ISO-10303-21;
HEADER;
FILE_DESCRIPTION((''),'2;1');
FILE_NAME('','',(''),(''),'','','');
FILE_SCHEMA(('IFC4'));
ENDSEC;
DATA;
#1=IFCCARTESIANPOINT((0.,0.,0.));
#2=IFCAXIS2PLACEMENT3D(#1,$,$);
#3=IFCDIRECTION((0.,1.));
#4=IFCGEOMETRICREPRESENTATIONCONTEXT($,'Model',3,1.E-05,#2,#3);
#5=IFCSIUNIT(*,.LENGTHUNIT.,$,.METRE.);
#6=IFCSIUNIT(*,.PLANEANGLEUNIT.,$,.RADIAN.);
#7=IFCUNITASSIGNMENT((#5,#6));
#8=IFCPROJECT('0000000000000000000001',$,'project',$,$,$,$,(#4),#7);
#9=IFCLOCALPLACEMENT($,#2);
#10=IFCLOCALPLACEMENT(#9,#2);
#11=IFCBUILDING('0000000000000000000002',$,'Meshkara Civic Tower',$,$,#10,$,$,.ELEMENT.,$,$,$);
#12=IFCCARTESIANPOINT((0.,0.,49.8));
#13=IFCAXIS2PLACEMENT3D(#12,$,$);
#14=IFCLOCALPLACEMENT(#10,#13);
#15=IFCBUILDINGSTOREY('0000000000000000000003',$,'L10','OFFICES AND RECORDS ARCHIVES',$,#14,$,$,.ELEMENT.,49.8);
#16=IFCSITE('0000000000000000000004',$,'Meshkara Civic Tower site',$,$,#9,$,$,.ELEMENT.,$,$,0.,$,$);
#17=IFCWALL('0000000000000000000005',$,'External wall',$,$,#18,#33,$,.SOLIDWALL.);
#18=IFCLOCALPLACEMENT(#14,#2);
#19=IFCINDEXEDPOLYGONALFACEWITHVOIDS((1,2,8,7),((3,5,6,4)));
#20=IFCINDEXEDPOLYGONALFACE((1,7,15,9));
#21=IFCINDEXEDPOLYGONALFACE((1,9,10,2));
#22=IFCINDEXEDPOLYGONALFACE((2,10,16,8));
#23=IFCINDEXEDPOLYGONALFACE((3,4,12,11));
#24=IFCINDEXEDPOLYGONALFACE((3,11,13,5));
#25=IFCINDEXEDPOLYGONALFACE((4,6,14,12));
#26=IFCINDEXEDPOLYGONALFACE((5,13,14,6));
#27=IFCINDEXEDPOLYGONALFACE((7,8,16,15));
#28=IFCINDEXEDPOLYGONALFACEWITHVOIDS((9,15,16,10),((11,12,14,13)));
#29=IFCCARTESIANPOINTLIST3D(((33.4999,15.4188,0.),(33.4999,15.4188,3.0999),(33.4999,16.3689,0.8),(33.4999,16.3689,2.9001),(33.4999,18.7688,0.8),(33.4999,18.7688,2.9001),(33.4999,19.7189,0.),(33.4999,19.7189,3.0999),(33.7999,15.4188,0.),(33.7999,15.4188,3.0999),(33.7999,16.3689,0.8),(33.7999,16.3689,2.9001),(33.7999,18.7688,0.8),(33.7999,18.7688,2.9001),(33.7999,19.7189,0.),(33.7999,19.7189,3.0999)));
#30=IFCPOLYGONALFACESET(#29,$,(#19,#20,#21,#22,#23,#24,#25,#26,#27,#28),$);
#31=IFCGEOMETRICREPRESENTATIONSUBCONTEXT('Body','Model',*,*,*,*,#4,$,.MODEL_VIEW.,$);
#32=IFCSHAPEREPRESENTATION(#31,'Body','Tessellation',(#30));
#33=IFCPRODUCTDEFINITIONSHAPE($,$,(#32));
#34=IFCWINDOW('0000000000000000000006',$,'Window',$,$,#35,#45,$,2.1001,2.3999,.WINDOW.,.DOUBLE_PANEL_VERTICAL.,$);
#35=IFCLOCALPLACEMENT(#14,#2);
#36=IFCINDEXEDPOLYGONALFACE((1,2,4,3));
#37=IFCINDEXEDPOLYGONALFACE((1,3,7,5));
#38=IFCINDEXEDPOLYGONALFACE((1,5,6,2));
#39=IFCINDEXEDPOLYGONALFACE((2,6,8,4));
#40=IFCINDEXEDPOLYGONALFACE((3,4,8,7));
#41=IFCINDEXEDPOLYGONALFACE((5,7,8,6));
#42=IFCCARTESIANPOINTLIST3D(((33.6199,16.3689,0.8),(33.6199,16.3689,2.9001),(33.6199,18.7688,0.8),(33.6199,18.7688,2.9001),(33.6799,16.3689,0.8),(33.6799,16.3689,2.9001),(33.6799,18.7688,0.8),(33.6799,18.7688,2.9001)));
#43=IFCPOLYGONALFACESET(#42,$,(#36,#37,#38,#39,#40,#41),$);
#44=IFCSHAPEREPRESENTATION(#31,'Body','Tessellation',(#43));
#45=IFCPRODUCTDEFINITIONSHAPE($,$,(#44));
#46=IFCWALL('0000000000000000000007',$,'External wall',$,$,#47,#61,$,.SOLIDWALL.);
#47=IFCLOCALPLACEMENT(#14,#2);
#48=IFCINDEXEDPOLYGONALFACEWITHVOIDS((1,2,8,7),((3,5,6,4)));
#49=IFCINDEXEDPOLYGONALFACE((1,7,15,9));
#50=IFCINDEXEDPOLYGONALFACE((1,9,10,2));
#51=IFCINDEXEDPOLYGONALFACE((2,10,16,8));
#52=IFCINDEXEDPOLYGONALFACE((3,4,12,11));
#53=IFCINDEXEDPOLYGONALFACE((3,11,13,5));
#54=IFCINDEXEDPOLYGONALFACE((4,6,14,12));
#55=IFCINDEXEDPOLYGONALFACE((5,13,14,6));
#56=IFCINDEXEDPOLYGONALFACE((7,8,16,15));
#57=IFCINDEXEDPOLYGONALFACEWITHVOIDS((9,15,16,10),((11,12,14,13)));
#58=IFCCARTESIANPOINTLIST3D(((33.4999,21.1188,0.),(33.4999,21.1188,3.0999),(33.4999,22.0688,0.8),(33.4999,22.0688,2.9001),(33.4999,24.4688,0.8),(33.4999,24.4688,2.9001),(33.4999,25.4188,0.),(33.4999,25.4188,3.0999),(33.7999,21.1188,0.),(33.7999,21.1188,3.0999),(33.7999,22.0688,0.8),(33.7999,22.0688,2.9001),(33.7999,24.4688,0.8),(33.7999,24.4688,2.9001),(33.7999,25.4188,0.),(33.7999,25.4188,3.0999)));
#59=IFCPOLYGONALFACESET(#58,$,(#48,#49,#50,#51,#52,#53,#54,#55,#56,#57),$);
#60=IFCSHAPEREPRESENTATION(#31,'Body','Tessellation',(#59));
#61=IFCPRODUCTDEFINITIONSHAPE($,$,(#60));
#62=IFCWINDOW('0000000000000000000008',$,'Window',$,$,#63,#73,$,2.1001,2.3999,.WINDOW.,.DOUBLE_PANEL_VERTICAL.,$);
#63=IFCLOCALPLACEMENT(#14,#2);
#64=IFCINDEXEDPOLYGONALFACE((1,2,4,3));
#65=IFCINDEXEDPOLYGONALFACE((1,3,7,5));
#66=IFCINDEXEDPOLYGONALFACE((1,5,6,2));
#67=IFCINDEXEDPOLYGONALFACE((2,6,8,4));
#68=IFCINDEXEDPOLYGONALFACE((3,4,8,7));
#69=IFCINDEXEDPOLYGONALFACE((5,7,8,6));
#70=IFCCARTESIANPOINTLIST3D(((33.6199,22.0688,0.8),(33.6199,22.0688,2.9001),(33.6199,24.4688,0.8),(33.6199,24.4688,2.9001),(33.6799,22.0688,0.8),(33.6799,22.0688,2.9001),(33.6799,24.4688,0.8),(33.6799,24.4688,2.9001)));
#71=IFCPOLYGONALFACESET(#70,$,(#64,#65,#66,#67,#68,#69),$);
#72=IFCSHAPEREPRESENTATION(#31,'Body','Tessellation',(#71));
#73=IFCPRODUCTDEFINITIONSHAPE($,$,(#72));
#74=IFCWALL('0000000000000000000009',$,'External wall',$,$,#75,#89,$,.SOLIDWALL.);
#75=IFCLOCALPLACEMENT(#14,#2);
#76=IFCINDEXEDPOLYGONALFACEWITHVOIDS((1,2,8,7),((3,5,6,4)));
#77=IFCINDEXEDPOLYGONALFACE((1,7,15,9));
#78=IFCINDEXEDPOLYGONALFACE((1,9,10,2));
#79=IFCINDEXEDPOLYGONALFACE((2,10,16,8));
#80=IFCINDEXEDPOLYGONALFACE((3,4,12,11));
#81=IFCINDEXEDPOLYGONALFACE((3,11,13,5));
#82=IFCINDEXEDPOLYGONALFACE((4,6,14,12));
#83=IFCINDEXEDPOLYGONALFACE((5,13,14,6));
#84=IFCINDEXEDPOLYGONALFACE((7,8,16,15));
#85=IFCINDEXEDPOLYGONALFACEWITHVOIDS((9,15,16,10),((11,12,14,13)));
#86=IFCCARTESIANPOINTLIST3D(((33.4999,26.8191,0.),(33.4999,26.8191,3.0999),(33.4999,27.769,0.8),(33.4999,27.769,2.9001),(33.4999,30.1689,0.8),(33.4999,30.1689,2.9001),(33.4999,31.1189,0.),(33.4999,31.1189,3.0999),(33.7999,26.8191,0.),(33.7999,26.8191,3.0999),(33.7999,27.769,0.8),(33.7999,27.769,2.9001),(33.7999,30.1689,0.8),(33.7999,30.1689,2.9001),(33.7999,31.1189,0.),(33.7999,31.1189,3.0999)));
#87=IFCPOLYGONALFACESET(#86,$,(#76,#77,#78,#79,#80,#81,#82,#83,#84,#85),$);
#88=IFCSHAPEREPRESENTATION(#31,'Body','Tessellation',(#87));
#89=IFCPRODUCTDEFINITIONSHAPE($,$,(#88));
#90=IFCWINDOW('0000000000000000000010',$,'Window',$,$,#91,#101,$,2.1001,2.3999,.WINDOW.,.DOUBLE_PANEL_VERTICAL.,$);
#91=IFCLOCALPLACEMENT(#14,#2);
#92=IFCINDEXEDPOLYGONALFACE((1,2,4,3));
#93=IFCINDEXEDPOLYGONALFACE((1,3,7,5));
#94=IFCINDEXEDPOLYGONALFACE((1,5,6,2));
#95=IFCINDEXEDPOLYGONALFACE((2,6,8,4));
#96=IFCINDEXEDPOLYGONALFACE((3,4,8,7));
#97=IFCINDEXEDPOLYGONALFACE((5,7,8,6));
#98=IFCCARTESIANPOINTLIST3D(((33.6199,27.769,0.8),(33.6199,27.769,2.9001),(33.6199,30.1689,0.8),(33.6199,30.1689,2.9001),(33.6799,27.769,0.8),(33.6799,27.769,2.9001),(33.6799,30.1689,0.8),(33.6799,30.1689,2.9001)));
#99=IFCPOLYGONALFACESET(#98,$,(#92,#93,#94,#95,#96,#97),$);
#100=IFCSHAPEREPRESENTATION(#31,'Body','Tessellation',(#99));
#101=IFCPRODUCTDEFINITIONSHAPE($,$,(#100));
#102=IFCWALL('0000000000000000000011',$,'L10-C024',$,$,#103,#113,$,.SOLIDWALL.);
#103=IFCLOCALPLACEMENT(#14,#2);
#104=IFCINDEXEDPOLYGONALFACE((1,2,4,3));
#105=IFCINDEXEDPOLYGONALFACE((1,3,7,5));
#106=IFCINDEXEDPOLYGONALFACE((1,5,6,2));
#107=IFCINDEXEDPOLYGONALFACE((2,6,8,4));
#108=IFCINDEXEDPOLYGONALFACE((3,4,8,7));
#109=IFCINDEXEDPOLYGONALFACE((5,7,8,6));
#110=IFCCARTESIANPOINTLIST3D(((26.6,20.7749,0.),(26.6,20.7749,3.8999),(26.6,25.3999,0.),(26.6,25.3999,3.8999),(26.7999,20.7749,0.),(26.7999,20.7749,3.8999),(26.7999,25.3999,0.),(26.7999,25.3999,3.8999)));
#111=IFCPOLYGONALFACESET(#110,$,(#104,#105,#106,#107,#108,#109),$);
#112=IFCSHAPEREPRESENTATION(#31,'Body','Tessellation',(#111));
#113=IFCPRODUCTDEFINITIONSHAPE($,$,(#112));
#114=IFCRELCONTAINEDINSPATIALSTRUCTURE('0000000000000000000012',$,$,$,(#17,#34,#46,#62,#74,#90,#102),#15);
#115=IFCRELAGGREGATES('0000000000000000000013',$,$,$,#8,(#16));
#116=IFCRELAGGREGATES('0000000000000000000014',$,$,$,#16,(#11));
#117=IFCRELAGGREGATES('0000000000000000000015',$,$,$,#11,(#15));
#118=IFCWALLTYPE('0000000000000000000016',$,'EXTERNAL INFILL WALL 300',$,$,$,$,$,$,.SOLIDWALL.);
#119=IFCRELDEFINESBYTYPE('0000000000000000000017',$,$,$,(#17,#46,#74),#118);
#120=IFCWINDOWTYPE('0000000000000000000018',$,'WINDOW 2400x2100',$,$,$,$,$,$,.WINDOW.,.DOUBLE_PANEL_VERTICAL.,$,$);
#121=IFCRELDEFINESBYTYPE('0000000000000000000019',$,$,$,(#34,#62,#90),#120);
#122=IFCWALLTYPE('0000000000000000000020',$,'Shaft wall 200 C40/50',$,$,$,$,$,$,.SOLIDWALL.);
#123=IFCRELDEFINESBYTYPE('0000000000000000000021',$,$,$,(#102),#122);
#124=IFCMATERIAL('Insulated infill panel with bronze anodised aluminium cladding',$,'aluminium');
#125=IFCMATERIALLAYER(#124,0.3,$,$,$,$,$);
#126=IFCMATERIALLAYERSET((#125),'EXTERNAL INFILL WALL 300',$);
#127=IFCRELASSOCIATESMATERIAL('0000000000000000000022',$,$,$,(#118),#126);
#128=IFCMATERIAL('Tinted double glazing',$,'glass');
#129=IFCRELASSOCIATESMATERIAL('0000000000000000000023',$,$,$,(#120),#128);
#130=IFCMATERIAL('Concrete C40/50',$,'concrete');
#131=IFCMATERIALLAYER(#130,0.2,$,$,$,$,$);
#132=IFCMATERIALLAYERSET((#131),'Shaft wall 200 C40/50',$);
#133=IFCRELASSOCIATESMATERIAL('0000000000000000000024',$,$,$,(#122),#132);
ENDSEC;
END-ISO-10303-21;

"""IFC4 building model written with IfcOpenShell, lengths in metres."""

from ifc_helpers import new_model, si_unit, direction, frame, frame_2d, origin, place, context, subcontext, project, spatial, rectangle, extrude, material, layer, layer_set, type_object, element, fill, save


model = new_model("IFC4")

# Units and contexts
model_context = context("Model", 3, precision=1e-05, world=origin(), true_north=direction((0.0, 1.0)))
body_context = subcontext(model_context, "Body", "Model", "MODEL_VIEW")
ifc_project = project(units=[si_unit("LENGTHUNIT", "METRE"), si_unit("PLANEANGLEUNIT", "RADIAN")], contexts=[model_context])

# Site, building, storey
site_placement = place(None, origin())
site = spatial("IfcSite", under=ifc_project, at=site_placement, Name="Meshkara Civic Tower site", CompositionType="ELEMENT", RefElevation=0.0)
building_placement = place(site_placement, origin())
building = spatial("IfcBuilding", under=site, at=building_placement, Name="Meshkara Civic Tower", CompositionType="ELEMENT")
storey_placement = place(building_placement, frame((0.0, 0.0, 49.8)))
storey = spatial("IfcBuildingStorey", under=building, at=storey_placement, Name="L10", Description="OFFICES AND RECORDS ARCHIVES", CompositionType="ELEMENT", Elevation=49.8)

# Walls, openings, windows
ifc_material_1 = material(Name="Insulated infill panel with bronze anodised aluminium cladding", Category="aluminium")
ifc_layer_1 = layer(ifc_material_1, 0.3)
ifc_layer_set_1 = layer_set([ifc_layer_1], Name="EXTERNAL INFILL WALL 300")
wall_type_1 = type_object("IfcWallType", Name="EXTERNAL INFILL WALL 300", PredefinedType="SOLIDWALL", material=ifc_layer_set_1)
ifc_material_2 = material(Name="Tinted double glazing", Category="glass")
window_type = type_object("IfcWindowType", Name="WINDOW 2400x2100", PartitioningType="DOUBLE_PANEL_VERTICAL", PredefinedType="WINDOW", material=ifc_material_2)
wall_1_placement = place(storey_placement, frame((33.6499, 15.4189, 0.0), z_axis=(0.0, 0.0, 1.0), x_axis=(0.0, 1.0, 0.0)))
wall_1 = element("IfcWall", 1, at=wall_1_placement, inside=storey, type_object=wall_type_1, Name="External wall", PredefinedType="SOLIDWALL", context=body_context, shape_type="SweptSolid", body=[
    extrude(rectangle(XDim=4.3, YDim=0.3, at=frame_2d((2.1499, 0.0))), origin(), (0.0, 0.0, 1.0), 3.0999),
])
opening_1_placement = place(wall_1_placement, frame((0.95, 0.0, 0.8)))
opening_1 = element("IfcOpeningElement", 2, at=opening_1_placement, cuts=wall_1, PredefinedType="OPENING", context=body_context, shape_type="SweptSolid", body=[
    extrude(rectangle(XDim=2.3999, YDim=2.1001, at=frame_2d((1.2, 1.05))), frame((0.0, 0.1599, 0.0), z_axis=(0.0, -1.0, 0.0), x_axis=(1.0, 0.0, 0.0)), (0.0, 0.0, 1.0), 0.3201),
])
window_1_placement = place(opening_1_placement, origin())
window_1 = element("IfcWindow", 3, at=window_1_placement, inside=storey, type_object=window_type, Name="Window", OverallHeight=2.1001, OverallWidth=2.3999, PartitioningType="DOUBLE_PANEL_VERTICAL", PredefinedType="WINDOW", context=body_context, shape_type="SweptSolid", body=[
    extrude(rectangle(XDim=2.3999, YDim=2.1001, at=frame_2d((1.2, 1.05))), frame((0.0, 0.03, 0.0), z_axis=(0.0, -1.0, 0.0), x_axis=(1.0, 0.0, 0.0)), (0.0, 0.0, 1.0), 0.0601),
])
fill(opening_1, window_1)
wall_2_placement = place(storey_placement, frame((33.6499, 21.1189, 0.0), z_axis=(0.0, 0.0, 1.0), x_axis=(0.0, 1.0, 0.0)))
wall_2 = element("IfcWall", 4, at=wall_2_placement, inside=storey, type_object=wall_type_1, Name="External wall", PredefinedType="SOLIDWALL", context=body_context, shape_type="SweptSolid", body=[
    extrude(rectangle(XDim=4.3, YDim=0.3, at=frame_2d((2.1499, 0.0))), origin(), (0.0, 0.0, 1.0), 3.0999),
])
opening_2_placement = place(wall_2_placement, frame((0.95, 0.0, 0.8)))
opening_2 = element("IfcOpeningElement", 5, at=opening_2_placement, cuts=wall_2, PredefinedType="OPENING", context=body_context, shape_type="SweptSolid", body=[
    extrude(rectangle(XDim=2.3999, YDim=2.1001, at=frame_2d((1.2, 1.05))), frame((0.0, 0.1599, 0.0), z_axis=(0.0, -1.0, 0.0), x_axis=(1.0, 0.0, 0.0)), (0.0, 0.0, 1.0), 0.3201),
])
window_2_placement = place(opening_2_placement, origin())
window_2 = element("IfcWindow", 6, at=window_2_placement, inside=storey, type_object=window_type, Name="Window", OverallHeight=2.1001, OverallWidth=2.3999, PartitioningType="DOUBLE_PANEL_VERTICAL", PredefinedType="WINDOW", context=body_context, shape_type="SweptSolid", body=[
    extrude(rectangle(XDim=2.3999, YDim=2.1001, at=frame_2d((1.2, 1.05))), frame((0.0, 0.03, 0.0), z_axis=(0.0, -1.0, 0.0), x_axis=(1.0, 0.0, 0.0)), (0.0, 0.0, 1.0), 0.0601),
])
fill(opening_2, window_2)
wall_3_placement = place(storey_placement, frame((33.6499, 26.8191, 0.0), z_axis=(0.0, 0.0, 1.0), x_axis=(0.0, 1.0, 0.0)))
wall_3 = element("IfcWall", 7, at=wall_3_placement, inside=storey, type_object=wall_type_1, Name="External wall", PredefinedType="SOLIDWALL", context=body_context, shape_type="SweptSolid", body=[
    extrude(rectangle(XDim=4.2998, YDim=0.3, at=frame_2d((2.1499, 0.0))), origin(), (0.0, 0.0, 1.0), 3.0999),
])
opening_3_placement = place(wall_3_placement, frame((0.95, 0.0, 0.8)))
opening_3 = element("IfcOpeningElement", 8, at=opening_3_placement, cuts=wall_3, PredefinedType="OPENING", context=body_context, shape_type="SweptSolid", body=[
    extrude(rectangle(XDim=2.3999, YDim=2.1001, at=frame_2d((1.2, 1.05))), frame((0.0, 0.1599, 0.0), z_axis=(0.0, -1.0, 0.0), x_axis=(1.0, 0.0, 0.0)), (0.0, 0.0, 1.0), 0.3201),
])
window_3_placement = place(opening_3_placement, origin())
window_3 = element("IfcWindow", 9, at=window_3_placement, inside=storey, type_object=window_type, Name="Window", OverallHeight=2.1001, OverallWidth=2.3999, PartitioningType="DOUBLE_PANEL_VERTICAL", PredefinedType="WINDOW", context=body_context, shape_type="SweptSolid", body=[
    extrude(rectangle(XDim=2.3999, YDim=2.1001, at=frame_2d((1.2, 1.05))), frame((0.0, 0.03, 0.0), z_axis=(0.0, -1.0, 0.0), x_axis=(1.0, 0.0, 0.0)), (0.0, 0.0, 1.0), 0.0601),
])
fill(opening_3, window_3)

# Wall
ifc_material_3 = material(Name="Concrete C40/50", Category="concrete")
ifc_layer_2 = layer(ifc_material_3, 0.2)
ifc_layer_set_2 = layer_set([ifc_layer_2], Name="Shaft wall 200 C40/50")
wall_type_2 = type_object("IfcWallType", Name="Shaft wall 200 C40/50", PredefinedType="SOLIDWALL", material=ifc_layer_set_2)
wall_4_placement = place(storey_placement, frame((26.7, 20.7749, 0.0), z_axis=(0.0, 0.0, 1.0), x_axis=(0.0, 1.0, 0.0)))
element("IfcWall", 10, at=wall_4_placement, inside=storey, type_object=wall_type_2, Name="L10-C024", PredefinedType="SOLIDWALL", context=body_context, shape_type="SweptSolid", body=[
    extrude(rectangle(XDim=4.625, YDim=0.2, at=frame_2d((2.3125, 0.0))), origin(), (0.0, 0.0, 1.0), 3.8999),
])

save(model, "model.ifc")
